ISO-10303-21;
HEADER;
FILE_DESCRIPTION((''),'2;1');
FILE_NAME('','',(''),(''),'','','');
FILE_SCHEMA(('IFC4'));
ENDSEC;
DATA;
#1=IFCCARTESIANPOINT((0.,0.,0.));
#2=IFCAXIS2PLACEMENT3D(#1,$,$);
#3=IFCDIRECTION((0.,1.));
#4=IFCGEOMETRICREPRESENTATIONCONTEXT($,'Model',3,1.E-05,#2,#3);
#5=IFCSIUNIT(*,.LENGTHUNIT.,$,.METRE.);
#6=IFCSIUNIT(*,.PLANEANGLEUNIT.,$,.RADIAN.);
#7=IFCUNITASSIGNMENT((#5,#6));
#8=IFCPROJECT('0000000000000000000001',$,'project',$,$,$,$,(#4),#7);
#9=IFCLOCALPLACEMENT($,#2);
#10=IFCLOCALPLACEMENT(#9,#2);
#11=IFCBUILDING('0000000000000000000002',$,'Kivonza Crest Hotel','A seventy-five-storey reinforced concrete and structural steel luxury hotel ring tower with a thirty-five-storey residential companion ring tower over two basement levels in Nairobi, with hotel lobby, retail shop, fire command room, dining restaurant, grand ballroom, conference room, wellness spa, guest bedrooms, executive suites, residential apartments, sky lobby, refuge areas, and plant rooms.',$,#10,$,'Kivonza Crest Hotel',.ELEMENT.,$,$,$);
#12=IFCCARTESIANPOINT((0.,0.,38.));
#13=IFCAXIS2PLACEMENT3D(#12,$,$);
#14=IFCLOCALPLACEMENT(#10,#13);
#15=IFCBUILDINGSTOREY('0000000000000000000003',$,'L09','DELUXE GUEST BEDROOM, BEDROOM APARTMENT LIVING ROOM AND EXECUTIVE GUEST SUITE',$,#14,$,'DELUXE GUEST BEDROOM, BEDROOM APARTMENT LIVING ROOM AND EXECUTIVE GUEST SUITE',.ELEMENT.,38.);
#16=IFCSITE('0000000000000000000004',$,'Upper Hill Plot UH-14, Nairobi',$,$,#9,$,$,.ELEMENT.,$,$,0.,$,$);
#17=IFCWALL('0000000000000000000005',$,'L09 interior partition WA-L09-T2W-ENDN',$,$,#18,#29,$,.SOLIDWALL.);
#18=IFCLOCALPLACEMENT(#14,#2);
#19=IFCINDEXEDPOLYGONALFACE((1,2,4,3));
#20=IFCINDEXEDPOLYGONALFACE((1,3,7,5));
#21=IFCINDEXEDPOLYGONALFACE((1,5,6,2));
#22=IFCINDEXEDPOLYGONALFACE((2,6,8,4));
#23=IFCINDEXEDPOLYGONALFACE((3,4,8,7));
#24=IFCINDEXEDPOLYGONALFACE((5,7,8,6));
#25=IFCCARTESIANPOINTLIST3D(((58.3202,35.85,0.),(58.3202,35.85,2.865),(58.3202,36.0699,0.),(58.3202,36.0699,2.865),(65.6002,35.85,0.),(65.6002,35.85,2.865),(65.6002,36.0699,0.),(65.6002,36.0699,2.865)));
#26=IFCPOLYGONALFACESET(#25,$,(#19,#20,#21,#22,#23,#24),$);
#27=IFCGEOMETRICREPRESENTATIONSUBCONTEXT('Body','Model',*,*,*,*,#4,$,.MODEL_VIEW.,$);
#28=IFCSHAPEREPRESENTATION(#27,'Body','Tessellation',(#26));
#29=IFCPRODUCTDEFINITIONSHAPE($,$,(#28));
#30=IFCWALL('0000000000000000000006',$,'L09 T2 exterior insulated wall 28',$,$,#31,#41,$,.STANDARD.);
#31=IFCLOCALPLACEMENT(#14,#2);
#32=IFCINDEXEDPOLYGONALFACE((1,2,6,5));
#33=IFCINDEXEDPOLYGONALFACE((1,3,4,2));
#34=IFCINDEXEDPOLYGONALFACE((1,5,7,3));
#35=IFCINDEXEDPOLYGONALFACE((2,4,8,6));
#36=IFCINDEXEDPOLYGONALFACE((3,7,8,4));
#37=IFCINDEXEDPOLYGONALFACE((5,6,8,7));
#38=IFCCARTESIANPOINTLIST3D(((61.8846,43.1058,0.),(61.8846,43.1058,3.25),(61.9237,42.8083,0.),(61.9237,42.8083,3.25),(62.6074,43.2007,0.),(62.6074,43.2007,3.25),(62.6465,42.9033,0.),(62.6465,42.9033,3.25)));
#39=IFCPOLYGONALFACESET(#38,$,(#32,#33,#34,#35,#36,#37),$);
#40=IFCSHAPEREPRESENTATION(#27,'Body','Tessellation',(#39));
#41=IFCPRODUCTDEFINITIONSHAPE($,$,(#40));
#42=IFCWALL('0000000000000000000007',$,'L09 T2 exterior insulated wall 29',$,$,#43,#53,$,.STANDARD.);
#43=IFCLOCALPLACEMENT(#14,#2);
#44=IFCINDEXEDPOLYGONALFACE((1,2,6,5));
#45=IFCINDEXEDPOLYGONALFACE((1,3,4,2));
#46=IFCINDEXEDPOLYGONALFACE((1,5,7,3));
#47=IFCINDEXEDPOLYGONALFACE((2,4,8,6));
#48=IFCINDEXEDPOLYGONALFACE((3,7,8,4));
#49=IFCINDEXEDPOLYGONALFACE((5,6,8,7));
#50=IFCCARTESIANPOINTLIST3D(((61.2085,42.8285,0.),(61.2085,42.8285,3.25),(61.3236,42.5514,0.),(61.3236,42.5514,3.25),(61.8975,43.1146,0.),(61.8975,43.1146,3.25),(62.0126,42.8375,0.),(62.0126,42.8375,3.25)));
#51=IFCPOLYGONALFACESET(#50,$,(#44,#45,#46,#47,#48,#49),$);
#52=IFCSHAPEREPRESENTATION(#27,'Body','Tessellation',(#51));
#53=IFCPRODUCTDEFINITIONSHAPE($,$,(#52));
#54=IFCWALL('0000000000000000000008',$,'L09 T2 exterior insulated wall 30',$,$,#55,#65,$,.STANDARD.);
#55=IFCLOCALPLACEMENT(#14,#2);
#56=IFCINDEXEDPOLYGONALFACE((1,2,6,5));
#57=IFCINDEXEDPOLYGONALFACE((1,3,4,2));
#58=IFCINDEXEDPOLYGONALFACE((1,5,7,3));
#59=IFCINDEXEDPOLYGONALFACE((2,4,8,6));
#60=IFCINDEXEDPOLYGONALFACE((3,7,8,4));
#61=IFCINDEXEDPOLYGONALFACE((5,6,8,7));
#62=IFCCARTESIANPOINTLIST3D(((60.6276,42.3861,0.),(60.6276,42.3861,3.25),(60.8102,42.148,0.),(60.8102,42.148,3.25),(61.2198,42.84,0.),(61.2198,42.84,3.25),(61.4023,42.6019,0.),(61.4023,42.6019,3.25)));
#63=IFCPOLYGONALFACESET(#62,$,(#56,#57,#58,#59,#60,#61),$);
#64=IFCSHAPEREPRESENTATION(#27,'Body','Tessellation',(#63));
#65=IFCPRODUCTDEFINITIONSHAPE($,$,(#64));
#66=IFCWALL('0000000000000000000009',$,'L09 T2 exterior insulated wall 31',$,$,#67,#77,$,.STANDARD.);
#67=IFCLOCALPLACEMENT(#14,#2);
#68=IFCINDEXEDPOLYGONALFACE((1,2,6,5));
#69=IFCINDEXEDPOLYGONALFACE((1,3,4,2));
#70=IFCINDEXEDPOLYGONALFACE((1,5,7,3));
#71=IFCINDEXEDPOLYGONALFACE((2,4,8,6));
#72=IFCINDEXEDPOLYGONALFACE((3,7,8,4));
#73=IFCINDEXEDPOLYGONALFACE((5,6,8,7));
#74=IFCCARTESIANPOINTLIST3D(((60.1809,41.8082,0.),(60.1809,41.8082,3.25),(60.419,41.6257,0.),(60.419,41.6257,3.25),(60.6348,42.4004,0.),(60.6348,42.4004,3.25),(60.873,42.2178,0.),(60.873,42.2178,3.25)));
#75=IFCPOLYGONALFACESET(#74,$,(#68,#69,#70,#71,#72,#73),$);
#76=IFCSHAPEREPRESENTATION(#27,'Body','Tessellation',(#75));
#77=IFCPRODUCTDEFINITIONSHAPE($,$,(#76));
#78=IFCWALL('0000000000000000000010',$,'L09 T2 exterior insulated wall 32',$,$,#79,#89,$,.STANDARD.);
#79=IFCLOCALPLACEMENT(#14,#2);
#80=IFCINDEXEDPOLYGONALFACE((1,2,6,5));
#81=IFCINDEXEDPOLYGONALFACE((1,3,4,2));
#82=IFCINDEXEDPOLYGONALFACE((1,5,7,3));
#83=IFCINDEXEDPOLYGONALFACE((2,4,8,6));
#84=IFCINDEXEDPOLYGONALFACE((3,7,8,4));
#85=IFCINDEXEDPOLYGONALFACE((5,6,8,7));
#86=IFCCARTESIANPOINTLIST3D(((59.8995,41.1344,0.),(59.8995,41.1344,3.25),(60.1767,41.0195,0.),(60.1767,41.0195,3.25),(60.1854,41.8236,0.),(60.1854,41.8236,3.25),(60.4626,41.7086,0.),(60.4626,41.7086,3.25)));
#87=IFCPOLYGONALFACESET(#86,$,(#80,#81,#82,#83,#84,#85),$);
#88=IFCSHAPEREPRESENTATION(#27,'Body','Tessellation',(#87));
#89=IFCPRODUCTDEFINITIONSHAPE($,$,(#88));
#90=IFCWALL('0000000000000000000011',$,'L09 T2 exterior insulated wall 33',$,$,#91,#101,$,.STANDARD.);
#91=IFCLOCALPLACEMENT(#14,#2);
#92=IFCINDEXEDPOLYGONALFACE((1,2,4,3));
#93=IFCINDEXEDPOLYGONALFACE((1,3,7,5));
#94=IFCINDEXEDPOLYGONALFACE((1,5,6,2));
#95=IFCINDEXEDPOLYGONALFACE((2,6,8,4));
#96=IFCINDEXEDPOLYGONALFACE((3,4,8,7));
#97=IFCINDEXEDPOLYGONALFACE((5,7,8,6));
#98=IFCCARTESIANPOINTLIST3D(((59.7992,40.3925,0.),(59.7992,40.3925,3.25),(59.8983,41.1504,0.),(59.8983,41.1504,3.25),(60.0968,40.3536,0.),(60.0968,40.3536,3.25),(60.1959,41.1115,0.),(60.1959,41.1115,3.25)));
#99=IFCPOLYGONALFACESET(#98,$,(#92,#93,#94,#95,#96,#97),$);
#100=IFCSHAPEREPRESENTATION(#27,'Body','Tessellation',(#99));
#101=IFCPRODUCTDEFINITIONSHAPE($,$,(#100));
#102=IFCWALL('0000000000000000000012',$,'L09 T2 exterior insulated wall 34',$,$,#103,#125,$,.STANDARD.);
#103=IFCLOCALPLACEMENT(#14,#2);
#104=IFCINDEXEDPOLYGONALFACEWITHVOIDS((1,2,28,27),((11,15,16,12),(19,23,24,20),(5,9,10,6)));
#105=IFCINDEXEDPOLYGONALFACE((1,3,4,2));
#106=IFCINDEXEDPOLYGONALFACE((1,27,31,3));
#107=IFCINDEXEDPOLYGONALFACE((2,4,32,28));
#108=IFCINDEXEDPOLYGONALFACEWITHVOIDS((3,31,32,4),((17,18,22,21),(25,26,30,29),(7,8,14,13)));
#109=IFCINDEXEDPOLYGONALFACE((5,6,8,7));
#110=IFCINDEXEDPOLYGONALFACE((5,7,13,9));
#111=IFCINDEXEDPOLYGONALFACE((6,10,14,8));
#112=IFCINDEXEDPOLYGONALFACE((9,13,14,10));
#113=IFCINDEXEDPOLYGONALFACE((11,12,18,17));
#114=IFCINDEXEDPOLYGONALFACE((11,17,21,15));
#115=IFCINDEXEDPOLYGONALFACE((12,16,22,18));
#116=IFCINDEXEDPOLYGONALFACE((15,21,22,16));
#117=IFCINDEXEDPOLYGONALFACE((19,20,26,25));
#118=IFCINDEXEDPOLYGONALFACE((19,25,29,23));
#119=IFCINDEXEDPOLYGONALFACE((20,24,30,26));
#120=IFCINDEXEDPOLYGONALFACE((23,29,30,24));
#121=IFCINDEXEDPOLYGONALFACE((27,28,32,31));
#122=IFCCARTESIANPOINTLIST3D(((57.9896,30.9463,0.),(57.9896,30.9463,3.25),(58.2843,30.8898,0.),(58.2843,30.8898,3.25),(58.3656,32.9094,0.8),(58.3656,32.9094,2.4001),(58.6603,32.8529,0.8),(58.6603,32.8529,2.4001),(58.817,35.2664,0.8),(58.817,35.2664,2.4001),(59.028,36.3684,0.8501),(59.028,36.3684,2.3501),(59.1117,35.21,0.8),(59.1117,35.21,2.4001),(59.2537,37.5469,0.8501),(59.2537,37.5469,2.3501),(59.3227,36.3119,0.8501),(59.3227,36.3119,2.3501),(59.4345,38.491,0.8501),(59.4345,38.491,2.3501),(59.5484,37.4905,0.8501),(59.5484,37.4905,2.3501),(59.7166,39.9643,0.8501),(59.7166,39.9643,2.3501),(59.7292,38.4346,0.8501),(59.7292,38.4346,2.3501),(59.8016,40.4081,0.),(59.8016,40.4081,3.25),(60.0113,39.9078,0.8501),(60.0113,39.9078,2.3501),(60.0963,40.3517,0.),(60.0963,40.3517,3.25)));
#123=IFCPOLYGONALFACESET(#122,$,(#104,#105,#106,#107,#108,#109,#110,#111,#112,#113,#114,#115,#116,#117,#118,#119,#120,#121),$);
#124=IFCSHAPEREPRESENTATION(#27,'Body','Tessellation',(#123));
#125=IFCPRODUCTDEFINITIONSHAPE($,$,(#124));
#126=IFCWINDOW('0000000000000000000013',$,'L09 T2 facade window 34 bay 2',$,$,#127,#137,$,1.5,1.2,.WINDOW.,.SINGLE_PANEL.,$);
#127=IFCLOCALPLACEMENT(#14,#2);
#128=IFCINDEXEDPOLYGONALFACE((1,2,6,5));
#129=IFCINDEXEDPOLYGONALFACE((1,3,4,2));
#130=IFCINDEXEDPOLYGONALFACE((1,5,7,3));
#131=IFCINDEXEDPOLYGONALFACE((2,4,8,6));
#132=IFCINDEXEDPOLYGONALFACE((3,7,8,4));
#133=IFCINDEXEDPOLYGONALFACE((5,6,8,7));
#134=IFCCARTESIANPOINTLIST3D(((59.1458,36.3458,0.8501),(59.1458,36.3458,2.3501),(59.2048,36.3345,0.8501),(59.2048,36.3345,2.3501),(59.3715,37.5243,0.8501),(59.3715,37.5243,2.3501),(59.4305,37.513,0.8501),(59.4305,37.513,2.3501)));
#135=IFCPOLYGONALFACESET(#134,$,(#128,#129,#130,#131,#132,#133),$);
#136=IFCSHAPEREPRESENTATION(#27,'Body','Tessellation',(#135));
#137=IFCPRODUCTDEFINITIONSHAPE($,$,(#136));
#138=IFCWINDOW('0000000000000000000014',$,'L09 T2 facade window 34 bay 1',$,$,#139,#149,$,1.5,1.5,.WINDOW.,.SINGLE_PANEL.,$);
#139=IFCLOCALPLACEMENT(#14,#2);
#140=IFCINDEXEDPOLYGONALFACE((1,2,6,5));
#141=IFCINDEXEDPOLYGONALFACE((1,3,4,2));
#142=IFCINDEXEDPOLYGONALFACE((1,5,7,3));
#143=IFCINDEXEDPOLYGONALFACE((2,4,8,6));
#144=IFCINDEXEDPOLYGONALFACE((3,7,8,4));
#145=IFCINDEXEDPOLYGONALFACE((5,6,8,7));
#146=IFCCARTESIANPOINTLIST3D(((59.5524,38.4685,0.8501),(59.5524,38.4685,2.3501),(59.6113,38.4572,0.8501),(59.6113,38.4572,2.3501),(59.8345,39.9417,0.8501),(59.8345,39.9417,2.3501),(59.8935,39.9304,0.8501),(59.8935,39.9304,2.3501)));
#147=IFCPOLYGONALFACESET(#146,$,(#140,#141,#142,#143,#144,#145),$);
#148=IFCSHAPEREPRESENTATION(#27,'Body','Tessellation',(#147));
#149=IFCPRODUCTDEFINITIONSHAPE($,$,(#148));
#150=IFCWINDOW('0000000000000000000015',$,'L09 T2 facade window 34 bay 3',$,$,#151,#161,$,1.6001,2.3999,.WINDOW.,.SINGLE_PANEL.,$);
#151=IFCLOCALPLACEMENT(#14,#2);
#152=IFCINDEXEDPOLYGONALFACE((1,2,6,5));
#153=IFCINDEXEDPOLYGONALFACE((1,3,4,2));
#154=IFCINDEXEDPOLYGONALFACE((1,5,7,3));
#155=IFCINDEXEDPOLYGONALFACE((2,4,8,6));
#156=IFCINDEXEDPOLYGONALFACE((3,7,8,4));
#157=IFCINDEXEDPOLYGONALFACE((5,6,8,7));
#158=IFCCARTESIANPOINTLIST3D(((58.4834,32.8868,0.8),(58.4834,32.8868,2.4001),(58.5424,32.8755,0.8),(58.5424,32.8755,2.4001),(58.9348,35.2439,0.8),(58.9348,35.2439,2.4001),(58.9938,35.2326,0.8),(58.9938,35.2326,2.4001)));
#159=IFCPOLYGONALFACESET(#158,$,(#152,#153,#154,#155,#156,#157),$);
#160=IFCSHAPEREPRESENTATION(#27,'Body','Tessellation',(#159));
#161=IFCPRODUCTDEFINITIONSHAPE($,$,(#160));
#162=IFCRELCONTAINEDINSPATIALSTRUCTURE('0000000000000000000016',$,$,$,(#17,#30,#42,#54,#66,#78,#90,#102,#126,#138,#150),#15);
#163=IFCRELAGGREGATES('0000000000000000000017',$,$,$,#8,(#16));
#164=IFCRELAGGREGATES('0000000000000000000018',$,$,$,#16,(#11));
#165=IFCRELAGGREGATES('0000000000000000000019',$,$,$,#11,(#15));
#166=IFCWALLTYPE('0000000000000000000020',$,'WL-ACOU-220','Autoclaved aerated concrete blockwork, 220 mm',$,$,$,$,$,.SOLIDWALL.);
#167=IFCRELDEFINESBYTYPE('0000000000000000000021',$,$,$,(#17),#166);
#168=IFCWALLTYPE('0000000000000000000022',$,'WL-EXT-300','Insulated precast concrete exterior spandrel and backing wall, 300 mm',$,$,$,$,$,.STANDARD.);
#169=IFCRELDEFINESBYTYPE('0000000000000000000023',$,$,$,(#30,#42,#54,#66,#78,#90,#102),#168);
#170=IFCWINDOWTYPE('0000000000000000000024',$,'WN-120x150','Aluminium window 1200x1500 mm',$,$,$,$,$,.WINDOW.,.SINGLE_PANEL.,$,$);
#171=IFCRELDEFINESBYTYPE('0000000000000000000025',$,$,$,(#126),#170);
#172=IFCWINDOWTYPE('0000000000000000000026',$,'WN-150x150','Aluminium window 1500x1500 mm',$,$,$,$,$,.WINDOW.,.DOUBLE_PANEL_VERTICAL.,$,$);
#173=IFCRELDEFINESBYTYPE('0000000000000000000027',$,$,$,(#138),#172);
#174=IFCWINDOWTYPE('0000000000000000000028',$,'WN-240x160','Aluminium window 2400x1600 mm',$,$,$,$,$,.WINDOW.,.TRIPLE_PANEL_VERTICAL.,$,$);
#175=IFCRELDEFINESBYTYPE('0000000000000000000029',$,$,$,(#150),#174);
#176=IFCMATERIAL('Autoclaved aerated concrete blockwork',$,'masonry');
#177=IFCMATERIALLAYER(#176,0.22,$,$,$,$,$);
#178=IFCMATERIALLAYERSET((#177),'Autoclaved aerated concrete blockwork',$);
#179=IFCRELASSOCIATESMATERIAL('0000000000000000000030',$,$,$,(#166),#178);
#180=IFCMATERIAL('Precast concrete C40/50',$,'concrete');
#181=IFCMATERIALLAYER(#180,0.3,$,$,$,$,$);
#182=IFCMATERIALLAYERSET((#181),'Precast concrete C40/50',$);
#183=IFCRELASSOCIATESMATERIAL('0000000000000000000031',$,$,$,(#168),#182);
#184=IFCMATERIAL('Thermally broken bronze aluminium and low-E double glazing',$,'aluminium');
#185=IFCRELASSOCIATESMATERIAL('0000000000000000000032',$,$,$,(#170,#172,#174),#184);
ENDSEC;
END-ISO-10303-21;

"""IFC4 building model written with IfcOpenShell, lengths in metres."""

from ifc_helpers import new_model, si_unit, direction, frame, frame_2d, origin, place, context, subcontext, project, spatial, rectangle, extrude, material, layer, layer_set, type_object, element, fill, save


model = new_model("IFC4")

# Units and contexts
model_context = context("Model", 3, precision=1e-05, world=origin(), true_north=direction((0.0, 1.0)))
body_context = subcontext(model_context, "Body", "Model", "MODEL_VIEW")
ifc_project = project(units=[si_unit("LENGTHUNIT", "METRE"), si_unit("PLANEANGLEUNIT", "RADIAN")], contexts=[model_context])

# Site, building, storey
site_placement = place(None, origin())
site = spatial("IfcSite", under=ifc_project, at=site_placement, Name="Upper Hill Plot UH-14, Nairobi", CompositionType="ELEMENT", RefElevation=0.0)
building_placement = place(site_placement, origin())
building = spatial("IfcBuilding", under=site, at=building_placement, Name="Kivonza Crest Hotel", Description="A seventy-five-storey reinforced concrete and structural steel luxury hotel ring tower with a thirty-five-storey residential companion ring tower over two basement levels in Nairobi, with hotel lobby, retail shop, fire command room, dining restaurant, grand ballroom, conference room, wellness spa, guest bedrooms, executive suites, residential apartments, sky lobby, refuge areas, and plant rooms.", LongName="Kivonza Crest Hotel", CompositionType="ELEMENT")
storey_placement = place(building_placement, frame((0.0, 0.0, 38.0)))
storey = spatial("IfcBuildingStorey", under=building, at=storey_placement, Name="L09", Description="DELUXE GUEST BEDROOM, BEDROOM APARTMENT LIVING ROOM AND EXECUTIVE GUEST SUITE", LongName="DELUXE GUEST BEDROOM, BEDROOM APARTMENT LIVING ROOM AND EXECUTIVE GUEST SUITE", CompositionType="ELEMENT", Elevation=38.0)

# Walls
ifc_material_1 = material(Name="Autoclaved aerated concrete blockwork", Category="masonry")
ifc_layer_1 = layer(ifc_material_1, 0.22)
ifc_layer_set_1 = layer_set([ifc_layer_1], Name="Autoclaved aerated concrete blockwork")
wall_type_1 = type_object("IfcWallType", Name="WL-ACOU-220", Description="Autoclaved aerated concrete blockwork, 220 mm", PredefinedType="SOLIDWALL", material=ifc_layer_set_1)
wall_1_placement = place(storey_placement, frame((58.3201, 35.96, 0.0), z_axis=(0.0, 0.0, 1.0), x_axis=(1.0, 0.0, 0.0)))
element("IfcWall", 1, at=wall_1_placement, inside=storey, type_object=wall_type_1, Name="L09 interior partition WA-L09-T2W-ENDN", PredefinedType="SOLIDWALL", context=body_context, shape_type="SweptSolid", body=[
    extrude(rectangle(XDim=7.28, YDim=0.22, at=frame_2d((3.6401, 0.0))), origin(), (0.0, 0.0, 1.0), 2.865),
])
ifc_material_2 = material(Name="Precast concrete C40/50", Category="concrete")
ifc_layer_2 = layer(ifc_material_2, 0.3)
ifc_layer_set_2 = layer_set([ifc_layer_2], Name="Precast concrete C40/50")
wall_type_2 = type_object("IfcWallType", Name="WL-EXT-300", Description="Insulated precast concrete exterior spandrel and backing wall, 300 mm", PredefinedType="STANDARD", material=ifc_layer_set_2)
wall_2_placement = place(storey_placement, frame((62.627, 43.052, 0.0), z_axis=(0.0, 0.0, 1.0), x_axis=(-0.99148, -0.130255, 0.0)))
element("IfcWall", 2, at=wall_2_placement, inside=storey, type_object=wall_type_2, Name="L09 T2 exterior insulated wall 28", PredefinedType="STANDARD", context=body_context, shape_type="SweptSolid", body=[
    extrude(rectangle(XDim=0.729, YDim=0.3, at=frame_2d((0.3645, 0.0))), origin(), (0.0, 0.0, 1.0), 3.25),
])
for number, where, z_axis, x_axis, name in (
    (3, (61.9551, 42.9761, 0.0), (0.0, 0.0, 1.0), (-0.923522, -0.383546, 0.0), "L09 T2 exterior insulated wall 29"),
    (4, (61.311, 42.7209, 0.0), (0.0, 0.0, 1.0), (-0.793633, -0.608397, 0.0), "L09 T2 exterior insulated wall 30"),
    (5, (60.7539, 42.3091, 0.0), (0.0, 0.0, 1.0), (-0.608397, -0.793633, 0.0), "L09 T2 exterior insulated wall 31"),
    (6, (60.324, 41.7661, 0.0), (0.0, 0.0, 1.0), (-0.383151, -0.923686, 0.0), "L09 T2 exterior insulated wall 32"),
):
    element("IfcWall", number, at=place(storey_placement, frame(where, z_axis=z_axis, x_axis=x_axis)), inside=storey, type_object=wall_type_2, Name=name, PredefinedType="STANDARD", context=body_context, shape_type="SweptSolid", body=[
        extrude(rectangle(XDim=0.7461, YDim=0.3, at=frame_2d((0.373, 0.0))), origin(), (0.0, 0.0, 1.0), 3.25),
    ])
wall_3_placement = place(storey_placement, frame((60.0471, 41.1311, 0.0), z_axis=(0.0, 0.0, 1.0), x_axis=(-0.129653, -0.991559, 0.0)))
element("IfcWall", 7, at=wall_3_placement, inside=storey, type_object=wall_type_2, Name="L09 T2 exterior insulated wall 33", PredefinedType="STANDARD", context=body_context, shape_type="SweptSolid", body=[
    extrude(rectangle(XDim=0.7644, YDim=0.3, at=frame_2d((0.3823, 0.0))), origin(), (0.0, 0.0, 1.0), 3.25),
])

# Wall, openings, windows
wall_4_placement = place(storey_placement, frame((59.949, 40.3799, 0.0), z_axis=(0.0, 0.0, 1.0), x_axis=(-0.188088, -0.982152, 0.0)))
wall_4 = element("IfcWall", 8, at=wall_4_placement, inside=storey, type_object=wall_type_2, Name="L09 T2 exterior insulated wall 34", PredefinedType="STANDARD", context=body_context, shape_type="SweptSolid", body=[
    extrude(rectangle(XDim=9.6338, YDim=0.3, at=frame_2d((4.8169, 0.0))), origin(), (0.0, 0.0, 1.0), 3.25),
])
opening_1_placement = place(wall_4_placement, frame((0.4519, 0.0, 0.8501)))
opening_1 = element("IfcOpeningElement", 9, at=opening_1_placement, cuts=wall_4, PredefinedType="OPENING", context=body_context, shape_type="SweptSolid", body=[
    extrude(rectangle(XDim=1.5, YDim=1.5, at=frame_2d((0.75, 0.75))), frame((0.0, 0.1602, 0.0), z_axis=(0.0, -1.0, 0.0), x_axis=(1.0, 0.0, 0.0)), (0.0, 0.0, 1.0), 0.3201),
])
opening_2_placement = place(wall_4_placement, frame((2.9131, 0.0, 0.8501)))
opening_2 = element("IfcOpeningElement", 10, at=opening_2_placement, cuts=wall_4, PredefinedType="OPENING", context=body_context, shape_type="SweptSolid", body=[
    extrude(rectangle(XDim=1.2, YDim=1.5, at=frame_2d((0.6001, 0.75))), frame((0.0, 0.1602, 0.0), z_axis=(0.0, -1.0, 0.0), x_axis=(1.0, 0.0, 0.0)), (0.0, 0.0, 1.0), 0.3201),
])
opening_3_placement = place(wall_4_placement, frame((5.2351, 0.0, 0.8)))
opening_3 = element("IfcOpeningElement", 11, at=opening_3_placement, cuts=wall_4, PredefinedType="OPENING", context=body_context, shape_type="SweptSolid", body=[
    extrude(rectangle(XDim=2.3999, YDim=1.6001, at=frame_2d((1.2, 0.8))), frame((0.0, 0.1602, 0.0), z_axis=(0.0, -1.0, 0.0), x_axis=(1.0, 0.0, 0.0)), (0.0, 0.0, 1.0), 0.3201),
])
ifc_material_3 = material(Name="Thermally broken bronze aluminium and low-E double glazing", Category="aluminium")
window_type_1 = type_object("IfcWindowType", Name="WN-120x150", Description="Aluminium window 1200x1500 mm", PartitioningType="SINGLE_PANEL", PredefinedType="WINDOW", material=ifc_material_3)
window_1_placement = place(opening_2_placement, origin())
window_1 = element("IfcWindow", 12, at=window_1_placement, inside=storey, type_object=window_type_1, Name="L09 T2 facade window 34 bay 2", OverallHeight=1.5, OverallWidth=1.2, PartitioningType="SINGLE_PANEL", PredefinedType="WINDOW", context=body_context, shape_type="SweptSolid", body=[
    extrude(rectangle(XDim=1.2, YDim=1.5, at=frame_2d((0.6001, 0.75))), frame((0.0, 0.03, 0.0), z_axis=(0.0, -1.0, 0.0), x_axis=(1.0, 0.0, 0.0)), (0.0, 0.0, 1.0), 0.0601),
])
fill(opening_2, window_1)
window_type_2 = type_object("IfcWindowType", Name="WN-150x150", Description="Aluminium window 1500x1500 mm", PartitioningType="DOUBLE_PANEL_VERTICAL", PredefinedType="WINDOW", material=ifc_material_3)
window_2_placement = place(opening_1_placement, origin())
window_2 = element("IfcWindow", 13, at=window_2_placement, inside=storey, type_object=window_type_2, Name="L09 T2 facade window 34 bay 1", OverallHeight=1.5, OverallWidth=1.5, PartitioningType="SINGLE_PANEL", PredefinedType="WINDOW", context=body_context, shape_type="SweptSolid", body=[
    extrude(rectangle(XDim=1.5, YDim=1.5, at=frame_2d((0.75, 0.75))), frame((0.0, 0.03, 0.0), z_axis=(0.0, -1.0, 0.0), x_axis=(1.0, 0.0, 0.0)), (0.0, 0.0, 1.0), 0.0601),
])
fill(opening_1, window_2)
window_type_3 = type_object("IfcWindowType", Name="WN-240x160", Description="Aluminium window 2400x1600 mm", PartitioningType="TRIPLE_PANEL_VERTICAL", PredefinedType="WINDOW", material=ifc_material_3)
window_3_placement = place(opening_3_placement, origin())
window_3 = element("IfcWindow", 14, at=window_3_placement, inside=storey, type_object=window_type_3, Name="L09 T2 facade window 34 bay 3", OverallHeight=1.6001, OverallWidth=2.3999, PartitioningType="SINGLE_PANEL", PredefinedType="WINDOW", context=body_context, shape_type="SweptSolid", body=[
    extrude(rectangle(XDim=2.3999, YDim=1.6001, at=frame_2d((1.2, 0.8))), frame((0.0, 0.03, 0.0), z_axis=(0.0, -1.0, 0.0), x_axis=(1.0, 0.0, 0.0)), (0.0, 0.0, 1.0), 0.0601),
])
fill(opening_3, window_3)

save(model, "model.ifc")
